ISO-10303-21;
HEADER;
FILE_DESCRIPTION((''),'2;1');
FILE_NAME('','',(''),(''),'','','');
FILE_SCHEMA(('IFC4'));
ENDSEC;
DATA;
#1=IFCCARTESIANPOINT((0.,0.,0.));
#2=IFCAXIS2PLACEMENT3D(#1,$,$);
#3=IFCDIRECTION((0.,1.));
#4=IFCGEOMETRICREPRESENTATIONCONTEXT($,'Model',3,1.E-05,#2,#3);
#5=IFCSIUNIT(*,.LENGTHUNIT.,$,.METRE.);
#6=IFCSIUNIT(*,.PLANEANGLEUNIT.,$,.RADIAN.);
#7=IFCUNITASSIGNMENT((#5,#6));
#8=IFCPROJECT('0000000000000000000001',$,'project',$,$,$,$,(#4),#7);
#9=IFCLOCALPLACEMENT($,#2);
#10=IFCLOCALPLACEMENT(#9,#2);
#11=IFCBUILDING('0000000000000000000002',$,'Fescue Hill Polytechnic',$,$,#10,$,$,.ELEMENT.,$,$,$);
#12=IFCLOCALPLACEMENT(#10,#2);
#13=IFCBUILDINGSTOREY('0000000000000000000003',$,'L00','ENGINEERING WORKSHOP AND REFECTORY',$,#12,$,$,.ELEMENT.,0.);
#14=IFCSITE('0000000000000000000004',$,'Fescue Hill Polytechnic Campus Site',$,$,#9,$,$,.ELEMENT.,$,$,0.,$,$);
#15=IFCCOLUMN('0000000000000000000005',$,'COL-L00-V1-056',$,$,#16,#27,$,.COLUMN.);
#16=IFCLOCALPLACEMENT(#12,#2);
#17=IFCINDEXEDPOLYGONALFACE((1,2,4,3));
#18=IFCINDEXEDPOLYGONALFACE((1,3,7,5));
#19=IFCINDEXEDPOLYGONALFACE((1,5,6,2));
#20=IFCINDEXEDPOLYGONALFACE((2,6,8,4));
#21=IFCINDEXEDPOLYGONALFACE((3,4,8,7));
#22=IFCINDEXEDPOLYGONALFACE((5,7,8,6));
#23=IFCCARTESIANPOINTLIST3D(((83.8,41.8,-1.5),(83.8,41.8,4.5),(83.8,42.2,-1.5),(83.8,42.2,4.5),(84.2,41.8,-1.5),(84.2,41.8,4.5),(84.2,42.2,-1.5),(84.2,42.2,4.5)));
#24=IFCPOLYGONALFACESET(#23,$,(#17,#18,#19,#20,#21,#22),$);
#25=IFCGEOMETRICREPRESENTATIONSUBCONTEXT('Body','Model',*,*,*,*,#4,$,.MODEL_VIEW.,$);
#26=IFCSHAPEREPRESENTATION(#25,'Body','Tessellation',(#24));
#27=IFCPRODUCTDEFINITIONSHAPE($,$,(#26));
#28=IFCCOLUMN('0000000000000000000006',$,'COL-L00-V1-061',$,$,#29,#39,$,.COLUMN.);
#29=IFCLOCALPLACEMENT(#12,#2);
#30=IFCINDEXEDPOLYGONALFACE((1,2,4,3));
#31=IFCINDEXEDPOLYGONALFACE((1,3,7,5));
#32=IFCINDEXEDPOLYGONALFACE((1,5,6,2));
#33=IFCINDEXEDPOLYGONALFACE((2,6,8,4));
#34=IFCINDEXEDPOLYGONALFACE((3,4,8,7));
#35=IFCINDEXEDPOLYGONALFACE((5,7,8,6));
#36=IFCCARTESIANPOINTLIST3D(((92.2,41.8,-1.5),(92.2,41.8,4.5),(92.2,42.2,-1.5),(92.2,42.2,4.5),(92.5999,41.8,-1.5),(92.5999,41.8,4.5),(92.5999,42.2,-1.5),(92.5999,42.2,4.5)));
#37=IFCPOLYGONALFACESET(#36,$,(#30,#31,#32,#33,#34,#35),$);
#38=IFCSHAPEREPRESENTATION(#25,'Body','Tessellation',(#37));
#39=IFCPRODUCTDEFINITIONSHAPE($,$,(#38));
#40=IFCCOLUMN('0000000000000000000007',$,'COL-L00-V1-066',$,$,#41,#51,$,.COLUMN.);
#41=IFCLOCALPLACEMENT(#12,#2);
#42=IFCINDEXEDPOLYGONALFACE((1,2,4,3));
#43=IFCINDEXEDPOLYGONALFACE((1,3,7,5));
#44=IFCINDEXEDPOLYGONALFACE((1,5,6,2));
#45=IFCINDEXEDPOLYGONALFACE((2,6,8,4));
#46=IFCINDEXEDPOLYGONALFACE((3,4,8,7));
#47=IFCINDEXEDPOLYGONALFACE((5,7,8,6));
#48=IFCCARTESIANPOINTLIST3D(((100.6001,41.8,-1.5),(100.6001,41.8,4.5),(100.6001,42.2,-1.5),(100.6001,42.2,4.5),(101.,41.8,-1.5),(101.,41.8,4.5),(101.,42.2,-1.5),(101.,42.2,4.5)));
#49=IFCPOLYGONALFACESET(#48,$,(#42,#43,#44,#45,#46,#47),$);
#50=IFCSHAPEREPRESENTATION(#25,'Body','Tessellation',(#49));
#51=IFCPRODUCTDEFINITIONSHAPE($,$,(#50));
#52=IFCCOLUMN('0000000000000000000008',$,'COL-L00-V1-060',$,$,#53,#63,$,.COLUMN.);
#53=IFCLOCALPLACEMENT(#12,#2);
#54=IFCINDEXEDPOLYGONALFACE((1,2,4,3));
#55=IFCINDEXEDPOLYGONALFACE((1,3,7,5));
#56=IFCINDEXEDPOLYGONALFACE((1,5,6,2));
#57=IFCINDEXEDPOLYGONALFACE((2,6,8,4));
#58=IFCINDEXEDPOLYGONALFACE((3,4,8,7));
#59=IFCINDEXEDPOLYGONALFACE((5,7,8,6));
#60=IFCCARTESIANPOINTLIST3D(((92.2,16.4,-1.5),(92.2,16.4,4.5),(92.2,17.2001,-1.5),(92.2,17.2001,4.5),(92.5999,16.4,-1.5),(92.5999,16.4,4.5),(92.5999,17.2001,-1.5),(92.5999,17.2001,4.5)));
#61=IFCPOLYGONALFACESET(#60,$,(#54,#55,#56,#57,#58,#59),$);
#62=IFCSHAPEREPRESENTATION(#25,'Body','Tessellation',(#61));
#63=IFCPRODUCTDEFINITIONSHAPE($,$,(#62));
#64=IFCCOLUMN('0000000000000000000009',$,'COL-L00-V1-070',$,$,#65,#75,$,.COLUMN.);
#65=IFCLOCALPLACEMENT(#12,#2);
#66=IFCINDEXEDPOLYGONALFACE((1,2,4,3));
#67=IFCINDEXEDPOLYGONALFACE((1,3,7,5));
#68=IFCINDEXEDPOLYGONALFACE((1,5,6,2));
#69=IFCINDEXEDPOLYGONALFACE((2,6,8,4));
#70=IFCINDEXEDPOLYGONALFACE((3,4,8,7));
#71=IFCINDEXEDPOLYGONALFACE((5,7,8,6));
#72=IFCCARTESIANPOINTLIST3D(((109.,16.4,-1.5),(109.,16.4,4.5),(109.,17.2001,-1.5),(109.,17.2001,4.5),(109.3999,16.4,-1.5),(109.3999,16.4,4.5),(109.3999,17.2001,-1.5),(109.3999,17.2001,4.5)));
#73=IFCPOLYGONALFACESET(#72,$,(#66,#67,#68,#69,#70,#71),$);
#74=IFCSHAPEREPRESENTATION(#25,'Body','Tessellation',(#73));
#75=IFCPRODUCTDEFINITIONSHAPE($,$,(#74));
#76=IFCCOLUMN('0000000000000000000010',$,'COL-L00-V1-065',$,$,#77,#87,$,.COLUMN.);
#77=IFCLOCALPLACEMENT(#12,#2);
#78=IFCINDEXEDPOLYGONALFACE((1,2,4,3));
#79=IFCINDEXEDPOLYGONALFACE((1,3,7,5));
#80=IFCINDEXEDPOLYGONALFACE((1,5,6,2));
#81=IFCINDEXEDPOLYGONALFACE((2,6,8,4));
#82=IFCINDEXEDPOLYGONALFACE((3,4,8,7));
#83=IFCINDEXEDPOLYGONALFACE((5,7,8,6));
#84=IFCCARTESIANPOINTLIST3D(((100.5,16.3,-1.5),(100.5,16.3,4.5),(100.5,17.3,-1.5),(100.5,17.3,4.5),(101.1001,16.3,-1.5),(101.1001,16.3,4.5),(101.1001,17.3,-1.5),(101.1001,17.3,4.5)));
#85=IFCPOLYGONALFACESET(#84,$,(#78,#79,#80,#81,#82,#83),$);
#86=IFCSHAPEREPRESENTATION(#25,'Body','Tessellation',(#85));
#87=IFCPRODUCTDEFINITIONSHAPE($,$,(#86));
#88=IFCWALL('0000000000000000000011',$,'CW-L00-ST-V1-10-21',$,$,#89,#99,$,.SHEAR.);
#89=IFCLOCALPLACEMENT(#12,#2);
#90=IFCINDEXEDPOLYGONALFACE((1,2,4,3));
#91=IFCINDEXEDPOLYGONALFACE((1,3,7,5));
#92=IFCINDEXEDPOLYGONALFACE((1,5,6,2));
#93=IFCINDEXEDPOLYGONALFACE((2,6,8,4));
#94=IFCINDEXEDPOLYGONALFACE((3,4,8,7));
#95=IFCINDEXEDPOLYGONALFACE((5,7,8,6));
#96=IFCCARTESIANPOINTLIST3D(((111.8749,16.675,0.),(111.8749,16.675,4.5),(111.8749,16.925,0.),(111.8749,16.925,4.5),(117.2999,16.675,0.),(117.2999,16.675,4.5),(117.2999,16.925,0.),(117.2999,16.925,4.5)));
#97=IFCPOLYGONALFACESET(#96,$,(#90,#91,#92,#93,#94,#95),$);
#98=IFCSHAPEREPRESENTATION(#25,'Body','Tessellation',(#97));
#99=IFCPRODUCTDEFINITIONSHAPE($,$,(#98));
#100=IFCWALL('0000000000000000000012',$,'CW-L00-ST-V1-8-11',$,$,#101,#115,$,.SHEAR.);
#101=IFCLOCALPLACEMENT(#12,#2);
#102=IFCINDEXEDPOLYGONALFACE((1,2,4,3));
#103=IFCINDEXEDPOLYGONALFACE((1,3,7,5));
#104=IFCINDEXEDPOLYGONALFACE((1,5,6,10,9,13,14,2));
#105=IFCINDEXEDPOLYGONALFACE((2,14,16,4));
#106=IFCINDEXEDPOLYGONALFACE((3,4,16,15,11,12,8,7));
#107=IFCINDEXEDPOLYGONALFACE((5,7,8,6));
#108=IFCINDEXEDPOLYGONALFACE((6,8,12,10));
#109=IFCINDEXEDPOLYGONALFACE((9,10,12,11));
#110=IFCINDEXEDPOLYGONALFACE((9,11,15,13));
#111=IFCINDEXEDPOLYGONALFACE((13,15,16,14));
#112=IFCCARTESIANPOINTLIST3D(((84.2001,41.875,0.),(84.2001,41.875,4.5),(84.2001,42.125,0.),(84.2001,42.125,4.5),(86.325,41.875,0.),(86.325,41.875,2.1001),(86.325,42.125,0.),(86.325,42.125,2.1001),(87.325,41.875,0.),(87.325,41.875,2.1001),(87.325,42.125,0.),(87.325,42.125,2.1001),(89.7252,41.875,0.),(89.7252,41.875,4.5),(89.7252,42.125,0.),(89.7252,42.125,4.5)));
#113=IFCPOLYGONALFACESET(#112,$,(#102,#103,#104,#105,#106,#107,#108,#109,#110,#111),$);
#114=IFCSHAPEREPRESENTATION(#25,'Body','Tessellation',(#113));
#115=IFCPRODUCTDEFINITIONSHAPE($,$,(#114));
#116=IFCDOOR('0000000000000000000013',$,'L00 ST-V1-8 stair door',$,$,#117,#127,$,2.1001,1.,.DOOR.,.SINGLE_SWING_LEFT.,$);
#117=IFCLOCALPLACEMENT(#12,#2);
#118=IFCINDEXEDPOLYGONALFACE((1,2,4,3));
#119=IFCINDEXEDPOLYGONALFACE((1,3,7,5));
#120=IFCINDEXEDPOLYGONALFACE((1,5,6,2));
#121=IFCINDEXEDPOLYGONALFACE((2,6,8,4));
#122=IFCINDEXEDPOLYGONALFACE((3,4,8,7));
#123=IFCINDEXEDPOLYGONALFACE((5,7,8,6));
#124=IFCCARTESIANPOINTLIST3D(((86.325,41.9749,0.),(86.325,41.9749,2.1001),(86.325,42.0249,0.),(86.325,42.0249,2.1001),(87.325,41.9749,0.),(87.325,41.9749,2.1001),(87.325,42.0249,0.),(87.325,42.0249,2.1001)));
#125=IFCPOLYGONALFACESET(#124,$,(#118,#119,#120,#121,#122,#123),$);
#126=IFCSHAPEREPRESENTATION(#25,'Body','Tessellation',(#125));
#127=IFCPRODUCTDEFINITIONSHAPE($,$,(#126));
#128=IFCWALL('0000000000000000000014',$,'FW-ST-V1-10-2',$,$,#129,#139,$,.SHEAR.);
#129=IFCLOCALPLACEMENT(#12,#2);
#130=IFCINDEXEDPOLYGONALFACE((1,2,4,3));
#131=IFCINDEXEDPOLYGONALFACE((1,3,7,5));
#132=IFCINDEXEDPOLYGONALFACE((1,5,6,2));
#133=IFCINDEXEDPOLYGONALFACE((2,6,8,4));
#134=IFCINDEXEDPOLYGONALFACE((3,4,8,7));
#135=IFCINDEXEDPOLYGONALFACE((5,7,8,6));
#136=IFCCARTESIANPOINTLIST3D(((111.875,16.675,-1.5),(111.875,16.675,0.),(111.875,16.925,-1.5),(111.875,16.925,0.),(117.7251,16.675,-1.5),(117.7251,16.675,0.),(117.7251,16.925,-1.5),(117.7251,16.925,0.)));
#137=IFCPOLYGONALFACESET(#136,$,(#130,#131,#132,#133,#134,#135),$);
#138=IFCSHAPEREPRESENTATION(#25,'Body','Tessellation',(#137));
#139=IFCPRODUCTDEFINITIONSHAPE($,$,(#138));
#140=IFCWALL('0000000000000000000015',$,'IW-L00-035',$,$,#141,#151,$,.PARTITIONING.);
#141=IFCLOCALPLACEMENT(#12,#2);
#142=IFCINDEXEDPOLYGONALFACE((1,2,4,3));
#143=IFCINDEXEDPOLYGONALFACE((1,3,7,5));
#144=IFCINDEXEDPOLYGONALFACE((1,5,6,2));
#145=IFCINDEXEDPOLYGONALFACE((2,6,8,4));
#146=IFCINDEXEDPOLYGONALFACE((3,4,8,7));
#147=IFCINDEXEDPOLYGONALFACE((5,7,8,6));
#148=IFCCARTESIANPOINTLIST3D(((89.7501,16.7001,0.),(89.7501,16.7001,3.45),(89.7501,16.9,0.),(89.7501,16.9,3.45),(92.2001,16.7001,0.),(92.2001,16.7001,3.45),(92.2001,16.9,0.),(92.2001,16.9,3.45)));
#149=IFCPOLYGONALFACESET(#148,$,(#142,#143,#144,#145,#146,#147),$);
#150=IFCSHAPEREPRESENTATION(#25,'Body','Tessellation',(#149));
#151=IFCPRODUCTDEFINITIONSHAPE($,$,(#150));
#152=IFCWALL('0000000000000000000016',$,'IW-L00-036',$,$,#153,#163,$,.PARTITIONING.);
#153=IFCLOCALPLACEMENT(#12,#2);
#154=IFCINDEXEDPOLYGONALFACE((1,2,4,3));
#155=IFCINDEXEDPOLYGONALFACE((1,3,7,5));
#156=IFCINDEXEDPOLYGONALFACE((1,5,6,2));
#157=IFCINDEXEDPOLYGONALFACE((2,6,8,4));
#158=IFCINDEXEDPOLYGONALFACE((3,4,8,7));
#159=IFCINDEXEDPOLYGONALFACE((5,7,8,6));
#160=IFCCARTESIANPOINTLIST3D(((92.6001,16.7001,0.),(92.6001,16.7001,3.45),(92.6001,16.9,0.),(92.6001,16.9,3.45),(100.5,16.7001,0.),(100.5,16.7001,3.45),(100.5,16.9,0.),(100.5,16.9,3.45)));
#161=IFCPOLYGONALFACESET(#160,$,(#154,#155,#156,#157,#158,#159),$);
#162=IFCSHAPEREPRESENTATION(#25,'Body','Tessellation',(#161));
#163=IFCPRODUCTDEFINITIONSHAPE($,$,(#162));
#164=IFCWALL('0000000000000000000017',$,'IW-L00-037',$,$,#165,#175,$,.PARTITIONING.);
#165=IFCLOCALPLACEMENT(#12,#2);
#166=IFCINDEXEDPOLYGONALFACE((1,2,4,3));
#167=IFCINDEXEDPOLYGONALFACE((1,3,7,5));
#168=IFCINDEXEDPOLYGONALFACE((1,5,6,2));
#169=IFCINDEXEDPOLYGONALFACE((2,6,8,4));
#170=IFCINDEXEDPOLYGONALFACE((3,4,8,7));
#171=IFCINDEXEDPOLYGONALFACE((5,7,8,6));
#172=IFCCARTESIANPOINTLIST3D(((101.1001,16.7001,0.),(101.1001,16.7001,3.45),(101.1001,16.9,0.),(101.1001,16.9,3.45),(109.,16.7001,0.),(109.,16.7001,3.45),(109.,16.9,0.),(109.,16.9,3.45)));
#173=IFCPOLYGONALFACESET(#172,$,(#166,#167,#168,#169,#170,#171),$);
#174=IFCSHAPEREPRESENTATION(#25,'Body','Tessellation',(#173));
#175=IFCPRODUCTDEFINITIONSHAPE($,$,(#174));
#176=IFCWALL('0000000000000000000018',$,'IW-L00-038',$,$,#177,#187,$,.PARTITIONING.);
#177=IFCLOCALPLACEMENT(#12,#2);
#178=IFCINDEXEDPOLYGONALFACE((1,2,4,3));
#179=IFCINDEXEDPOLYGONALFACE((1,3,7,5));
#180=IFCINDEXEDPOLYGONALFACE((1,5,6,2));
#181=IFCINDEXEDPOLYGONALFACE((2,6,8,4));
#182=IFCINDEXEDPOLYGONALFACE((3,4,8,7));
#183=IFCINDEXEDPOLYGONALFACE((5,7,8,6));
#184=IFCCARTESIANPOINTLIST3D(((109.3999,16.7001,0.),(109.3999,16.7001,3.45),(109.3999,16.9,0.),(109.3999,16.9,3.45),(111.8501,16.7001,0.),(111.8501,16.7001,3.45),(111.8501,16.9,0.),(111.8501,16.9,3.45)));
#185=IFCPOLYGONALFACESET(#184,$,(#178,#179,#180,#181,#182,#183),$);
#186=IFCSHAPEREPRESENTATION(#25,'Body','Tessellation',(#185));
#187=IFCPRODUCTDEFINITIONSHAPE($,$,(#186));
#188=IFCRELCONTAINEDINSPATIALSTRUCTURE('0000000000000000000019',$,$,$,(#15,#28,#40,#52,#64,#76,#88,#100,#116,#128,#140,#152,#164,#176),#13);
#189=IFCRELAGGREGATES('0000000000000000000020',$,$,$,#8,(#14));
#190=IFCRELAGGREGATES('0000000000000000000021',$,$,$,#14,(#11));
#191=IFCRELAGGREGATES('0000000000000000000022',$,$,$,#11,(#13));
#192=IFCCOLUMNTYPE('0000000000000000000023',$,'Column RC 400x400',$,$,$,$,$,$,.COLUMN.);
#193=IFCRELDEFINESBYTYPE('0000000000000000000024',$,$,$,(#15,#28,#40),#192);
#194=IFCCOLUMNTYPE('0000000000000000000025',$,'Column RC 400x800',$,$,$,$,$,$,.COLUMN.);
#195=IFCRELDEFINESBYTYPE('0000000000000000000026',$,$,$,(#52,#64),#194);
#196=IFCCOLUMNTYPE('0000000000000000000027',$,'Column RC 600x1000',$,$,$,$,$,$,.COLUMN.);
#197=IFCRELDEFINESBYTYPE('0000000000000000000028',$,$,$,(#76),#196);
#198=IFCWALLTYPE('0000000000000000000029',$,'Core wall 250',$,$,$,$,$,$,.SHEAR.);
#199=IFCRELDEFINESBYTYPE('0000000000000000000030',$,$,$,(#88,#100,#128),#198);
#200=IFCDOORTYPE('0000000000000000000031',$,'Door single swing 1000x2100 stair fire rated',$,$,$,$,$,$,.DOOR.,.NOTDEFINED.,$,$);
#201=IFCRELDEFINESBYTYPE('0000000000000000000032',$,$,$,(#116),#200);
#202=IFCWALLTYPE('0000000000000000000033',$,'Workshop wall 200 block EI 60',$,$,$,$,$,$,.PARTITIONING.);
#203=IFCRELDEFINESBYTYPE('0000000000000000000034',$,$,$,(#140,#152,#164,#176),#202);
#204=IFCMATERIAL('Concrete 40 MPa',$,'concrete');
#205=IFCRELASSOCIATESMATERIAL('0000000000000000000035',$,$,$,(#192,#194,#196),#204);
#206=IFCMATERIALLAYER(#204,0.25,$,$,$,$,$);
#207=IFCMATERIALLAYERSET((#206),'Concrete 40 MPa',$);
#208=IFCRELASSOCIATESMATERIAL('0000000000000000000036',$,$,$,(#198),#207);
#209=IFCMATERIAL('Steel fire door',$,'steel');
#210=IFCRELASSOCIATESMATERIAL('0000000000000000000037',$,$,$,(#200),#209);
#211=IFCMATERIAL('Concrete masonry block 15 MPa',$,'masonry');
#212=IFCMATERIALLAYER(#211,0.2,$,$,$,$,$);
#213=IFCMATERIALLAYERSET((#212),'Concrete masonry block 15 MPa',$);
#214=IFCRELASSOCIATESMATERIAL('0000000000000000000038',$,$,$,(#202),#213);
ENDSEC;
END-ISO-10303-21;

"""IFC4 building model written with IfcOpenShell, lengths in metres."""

from ifc_helpers import new_model, si_unit, direction, frame, frame_2d, origin, origin_2d, place, context, subcontext, project, spatial, rectangle, extrude, material, layer, layer_set, material_profile, profile_set, type_object, element, fill, save


model = new_model("IFC4")

# Units and contexts
model_context = context("Model", 3, precision=1e-05, world=origin(), true_north=direction((0.0, 1.0)))
body_context = subcontext(model_context, "Body", "Model", "MODEL_VIEW")
ifc_project = project(units=[si_unit("LENGTHUNIT", "METRE"), si_unit("PLANEANGLEUNIT", "RADIAN")], contexts=[model_context])

# Site, building, storey
site_placement = place(None, origin())
site = spatial("IfcSite", under=ifc_project, at=site_placement, Name="Fescue Hill Polytechnic Campus Site", CompositionType="ELEMENT", RefElevation=0.0)
building_placement = place(site_placement, origin())
building = spatial("IfcBuilding", under=site, at=building_placement, Name="Fescue Hill Polytechnic", CompositionType="ELEMENT")
storey_placement = place(building_placement, origin())
storey = spatial("IfcBuildingStorey", under=building, at=storey_placement, Name="L00", Description="ENGINEERING WORKSHOP AND REFECTORY", CompositionType="ELEMENT", Elevation=0.0)

# Columns
ifc_material_1 = material(Name="Concrete 40 MPa", Category="concrete")
ifc_material_profile_1 = material_profile(ifc_material_1, rectangle(XDim=0.3999, YDim=0.3999, at=origin_2d()), Name="RC 400x400")
ifc_profile_set_1 = profile_set([ifc_material_profile_1], Name="Concrete 40 MPa")
column_type_1 = type_object("IfcColumnType", Name="Column RC 400x400", PredefinedType="COLUMN", material=ifc_profile_set_1)
for number, where, z_axis, x_axis, name in (
    (1, (84.0, 42.0, -1.5), (0.0, 0.0, 1.0), (1.0, 0.0, 0.0), "COL-L00-V1-056"),
    (2, (92.3999, 42.0, -1.5), (0.0, 0.0, 1.0), (1.0, 0.0, 0.0), "COL-L00-V1-061"),
    (3, (100.8, 42.0, -1.5), (0.0, 0.0, 1.0), (1.0, 0.0, 0.0), "COL-L00-V1-066"),
):
    element("IfcColumn", number, at=place(storey_placement, frame(where, z_axis=z_axis, x_axis=x_axis)), inside=storey, type_object=column_type_1, Name=name, PredefinedType="COLUMN", context=body_context, shape_type="SweptSolid", body=[
        extrude(rectangle(XDim=0.3999, YDim=0.3999, at=origin_2d()), origin(), (0.0, 0.0, 1.0), 6.0),
    ])
ifc_material_profile_2 = material_profile(ifc_material_1, rectangle(XDim=0.3999, YDim=0.8, at=origin_2d()), Name="RC 400x800")
ifc_profile_set_2 = profile_set([ifc_material_profile_2], Name="Concrete 40 MPa")
column_type_2 = type_object("IfcColumnType", Name="Column RC 400x800", PredefinedType="COLUMN", material=ifc_profile_set_2)
for number, where, z_axis, x_axis, name in (
    (4, (92.3999, 16.8, -1.5), (0.0, 0.0, 1.0), (1.0, 0.0, 0.0), "COL-L00-V1-060"),
    (5, (109.2, 16.8, -1.5), (0.0, 0.0, 1.0), (1.0, 0.0, 0.0), "COL-L00-V1-070"),
):
    element("IfcColumn", number, at=place(storey_placement, frame(where, z_axis=z_axis, x_axis=x_axis)), inside=storey, type_object=column_type_2, Name=name, PredefinedType="COLUMN", context=body_context, shape_type="SweptSolid", body=[
        extrude(rectangle(XDim=0.3999, YDim=0.8, at=origin_2d()), origin(), (0.0, 0.0, 1.0), 6.0),
    ])
ifc_material_profile_3 = material_profile(ifc_material_1, rectangle(XDim=0.6001, YDim=1.0, at=origin_2d()), Name="RC 600x1000")
ifc_profile_set_3 = profile_set([ifc_material_profile_3], Name="Concrete 40 MPa")
column_type_3 = type_object("IfcColumnType", Name="Column RC 600x1000", PredefinedType="COLUMN", material=ifc_profile_set_3)
column_placement = place(storey_placement, frame((100.8, 16.8, -1.5), z_axis=(0.0, 0.0, 1.0), x_axis=(1.0, 0.0, 0.0)))
element("IfcColumn", 6, at=column_placement, inside=storey, type_object=column_type_3, Name="COL-L00-V1-065", PredefinedType="COLUMN", context=body_context, shape_type="SweptSolid", body=[
    extrude(rectangle(XDim=0.6001, YDim=1.0, at=origin_2d()), origin(), (0.0, 0.0, 1.0), 6.0),
])

# Wall
ifc_layer_1 = layer(ifc_material_1, 0.25)
ifc_layer_set_1 = layer_set([ifc_layer_1], Name="Concrete 40 MPa")
wall_type_1 = type_object("IfcWallType", Name="Core wall 250", PredefinedType="SHEAR", material=ifc_layer_set_1)
wall_1_placement = place(storey_placement, frame((111.875, 16.8, 0.0), z_axis=(0.0, 0.0, 1.0), x_axis=(1.0, 0.0, 0.0)))
element("IfcWall", 7, at=wall_1_placement, inside=storey, type_object=wall_type_1, Name="CW-L00-ST-V1-10-21", PredefinedType="SHEAR", context=body_context, shape_type="SweptSolid", body=[
    extrude(rectangle(XDim=5.425, YDim=0.25, at=frame_2d((2.7124, 0.0))), origin(), (0.0, 0.0, 1.0), 4.5),
])

# Wall, opening, door
wall_2_placement = place(storey_placement, frame((84.2, 42.0, 0.0), z_axis=(0.0, 0.0, 1.0), x_axis=(1.0, 0.0, 0.0)))
wall_2 = element("IfcWall", 8, at=wall_2_placement, inside=storey, type_object=wall_type_1, Name="CW-L00-ST-V1-8-11", PredefinedType="SHEAR", context=body_context, shape_type="SweptSolid", body=[
    extrude(rectangle(XDim=5.5251, YDim=0.25, at=frame_2d((2.7627, 0.0))), origin(), (0.0, 0.0, 1.0), 4.5),
])
opening_1_placement = place(wall_2_placement, frame((2.125, 0.0, 0.0)))
opening_1 = element("IfcOpeningElement", 9, at=opening_1_placement, cuts=wall_2, PredefinedType="OPENING", context=body_context, shape_type="SweptSolid", body=[
    extrude(rectangle(XDim=1.0, YDim=2.1001, at=frame_2d((0.5, 1.05))), frame((0.0, 0.135, 0.0), z_axis=(0.0, -1.0, 0.0), x_axis=(1.0, 0.0, 0.0)), (0.0, 0.0, 1.0), 0.27),
])
ifc_material_2 = material(Name="Steel fire door", Category="steel")
door_type_1 = type_object("IfcDoorType", Name="Door single swing 1000x2100 stair fire rated", OperationType="NOTDEFINED", PredefinedType="DOOR", material=ifc_material_2)
door_1_placement = place(opening_1_placement, origin())
door_1 = element("IfcDoor", 10, at=door_1_placement, inside=storey, type_object=door_type_1, Name="L00 ST-V1-8 stair door", OperationType="SINGLE_SWING_LEFT", OverallHeight=2.1001, OverallWidth=1.0, PredefinedType="DOOR", context=body_context, shape_type="SweptSolid", body=[
    extrude(rectangle(XDim=1.0, YDim=2.1001, at=frame_2d((0.5, 1.05))), frame((0.0, 0.0249, 0.0), z_axis=(0.0, -1.0, 0.0), x_axis=(1.0, 0.0, 0.0)), (0.0, 0.0, 1.0), 0.05),
])
fill(opening_1, door_1)

# Walls
wall_3_placement = place(storey_placement, frame((111.875, 16.8, -1.5), z_axis=(0.0, 0.0, 1.0), x_axis=(1.0, 0.0, 0.0)))
element("IfcWall", 11, at=wall_3_placement, inside=storey, type_object=wall_type_1, Name="FW-ST-V1-10-2", PredefinedType="SHEAR", context=body_context, shape_type="SweptSolid", body=[
    extrude(rectangle(XDim=5.8501, YDim=0.25, at=frame_2d((2.925, 0.0))), origin(), (0.0, 0.0, 1.0), 1.5),
])
ifc_material_3 = material(Name="Concrete masonry block 15 MPa", Category="masonry")
ifc_layer_2 = layer(ifc_material_3, 0.2)
ifc_layer_set_2 = layer_set([ifc_layer_2], Name="Concrete masonry block 15 MPa")
wall_type_2 = type_object("IfcWallType", Name="Workshop wall 200 block EI 60", PredefinedType="PARTITIONING", material=ifc_layer_set_2)
wall_4_placement = place(storey_placement, frame((89.75, 16.8, 0.0), z_axis=(0.0, 0.0, 1.0), x_axis=(1.0, 0.0, 0.0)))
element("IfcWall", 12, at=wall_4_placement, inside=storey, type_object=wall_type_2, Name="IW-L00-035", PredefinedType="PARTITIONING", context=body_context, shape_type="SweptSolid", body=[
    extrude(rectangle(XDim=2.45, YDim=0.2, at=frame_2d((1.2251, 0.0))), origin(), (0.0, 0.0, 1.0), 3.45),
])
for number, where, z_axis, x_axis, name in (
    (13, (92.6001, 16.8, 0.0), (0.0, 0.0, 1.0), (1.0, 0.0, 0.0), "IW-L00-036"),
    (14, (101.1001, 16.8, 0.0), (0.0, 0.0, 1.0), (1.0, 0.0, 0.0), "IW-L00-037"),
):
    element("IfcWall", number, at=place(storey_placement, frame(where, z_axis=z_axis, x_axis=x_axis)), inside=storey, type_object=wall_type_2, Name=name, PredefinedType="PARTITIONING", context=body_context, shape_type="SweptSolid", body=[
        extrude(rectangle(XDim=7.8999, YDim=0.2, at=frame_2d((3.95, 0.0))), origin(), (0.0, 0.0, 1.0), 3.45),
    ])
wall_5_placement = place(storey_placement, frame((109.3999, 16.8, 0.0), z_axis=(0.0, 0.0, 1.0), x_axis=(1.0, 0.0, 0.0)))
element("IfcWall", 15, at=wall_5_placement, inside=storey, type_object=wall_type_2, Name="IW-L00-038", PredefinedType="PARTITIONING", context=body_context, shape_type="SweptSolid", body=[
    extrude(rectangle(XDim=2.4502, YDim=0.2, at=frame_2d((1.2251, 0.0))), origin(), (0.0, 0.0, 1.0), 3.45),
])

save(model, "model.ifc")
